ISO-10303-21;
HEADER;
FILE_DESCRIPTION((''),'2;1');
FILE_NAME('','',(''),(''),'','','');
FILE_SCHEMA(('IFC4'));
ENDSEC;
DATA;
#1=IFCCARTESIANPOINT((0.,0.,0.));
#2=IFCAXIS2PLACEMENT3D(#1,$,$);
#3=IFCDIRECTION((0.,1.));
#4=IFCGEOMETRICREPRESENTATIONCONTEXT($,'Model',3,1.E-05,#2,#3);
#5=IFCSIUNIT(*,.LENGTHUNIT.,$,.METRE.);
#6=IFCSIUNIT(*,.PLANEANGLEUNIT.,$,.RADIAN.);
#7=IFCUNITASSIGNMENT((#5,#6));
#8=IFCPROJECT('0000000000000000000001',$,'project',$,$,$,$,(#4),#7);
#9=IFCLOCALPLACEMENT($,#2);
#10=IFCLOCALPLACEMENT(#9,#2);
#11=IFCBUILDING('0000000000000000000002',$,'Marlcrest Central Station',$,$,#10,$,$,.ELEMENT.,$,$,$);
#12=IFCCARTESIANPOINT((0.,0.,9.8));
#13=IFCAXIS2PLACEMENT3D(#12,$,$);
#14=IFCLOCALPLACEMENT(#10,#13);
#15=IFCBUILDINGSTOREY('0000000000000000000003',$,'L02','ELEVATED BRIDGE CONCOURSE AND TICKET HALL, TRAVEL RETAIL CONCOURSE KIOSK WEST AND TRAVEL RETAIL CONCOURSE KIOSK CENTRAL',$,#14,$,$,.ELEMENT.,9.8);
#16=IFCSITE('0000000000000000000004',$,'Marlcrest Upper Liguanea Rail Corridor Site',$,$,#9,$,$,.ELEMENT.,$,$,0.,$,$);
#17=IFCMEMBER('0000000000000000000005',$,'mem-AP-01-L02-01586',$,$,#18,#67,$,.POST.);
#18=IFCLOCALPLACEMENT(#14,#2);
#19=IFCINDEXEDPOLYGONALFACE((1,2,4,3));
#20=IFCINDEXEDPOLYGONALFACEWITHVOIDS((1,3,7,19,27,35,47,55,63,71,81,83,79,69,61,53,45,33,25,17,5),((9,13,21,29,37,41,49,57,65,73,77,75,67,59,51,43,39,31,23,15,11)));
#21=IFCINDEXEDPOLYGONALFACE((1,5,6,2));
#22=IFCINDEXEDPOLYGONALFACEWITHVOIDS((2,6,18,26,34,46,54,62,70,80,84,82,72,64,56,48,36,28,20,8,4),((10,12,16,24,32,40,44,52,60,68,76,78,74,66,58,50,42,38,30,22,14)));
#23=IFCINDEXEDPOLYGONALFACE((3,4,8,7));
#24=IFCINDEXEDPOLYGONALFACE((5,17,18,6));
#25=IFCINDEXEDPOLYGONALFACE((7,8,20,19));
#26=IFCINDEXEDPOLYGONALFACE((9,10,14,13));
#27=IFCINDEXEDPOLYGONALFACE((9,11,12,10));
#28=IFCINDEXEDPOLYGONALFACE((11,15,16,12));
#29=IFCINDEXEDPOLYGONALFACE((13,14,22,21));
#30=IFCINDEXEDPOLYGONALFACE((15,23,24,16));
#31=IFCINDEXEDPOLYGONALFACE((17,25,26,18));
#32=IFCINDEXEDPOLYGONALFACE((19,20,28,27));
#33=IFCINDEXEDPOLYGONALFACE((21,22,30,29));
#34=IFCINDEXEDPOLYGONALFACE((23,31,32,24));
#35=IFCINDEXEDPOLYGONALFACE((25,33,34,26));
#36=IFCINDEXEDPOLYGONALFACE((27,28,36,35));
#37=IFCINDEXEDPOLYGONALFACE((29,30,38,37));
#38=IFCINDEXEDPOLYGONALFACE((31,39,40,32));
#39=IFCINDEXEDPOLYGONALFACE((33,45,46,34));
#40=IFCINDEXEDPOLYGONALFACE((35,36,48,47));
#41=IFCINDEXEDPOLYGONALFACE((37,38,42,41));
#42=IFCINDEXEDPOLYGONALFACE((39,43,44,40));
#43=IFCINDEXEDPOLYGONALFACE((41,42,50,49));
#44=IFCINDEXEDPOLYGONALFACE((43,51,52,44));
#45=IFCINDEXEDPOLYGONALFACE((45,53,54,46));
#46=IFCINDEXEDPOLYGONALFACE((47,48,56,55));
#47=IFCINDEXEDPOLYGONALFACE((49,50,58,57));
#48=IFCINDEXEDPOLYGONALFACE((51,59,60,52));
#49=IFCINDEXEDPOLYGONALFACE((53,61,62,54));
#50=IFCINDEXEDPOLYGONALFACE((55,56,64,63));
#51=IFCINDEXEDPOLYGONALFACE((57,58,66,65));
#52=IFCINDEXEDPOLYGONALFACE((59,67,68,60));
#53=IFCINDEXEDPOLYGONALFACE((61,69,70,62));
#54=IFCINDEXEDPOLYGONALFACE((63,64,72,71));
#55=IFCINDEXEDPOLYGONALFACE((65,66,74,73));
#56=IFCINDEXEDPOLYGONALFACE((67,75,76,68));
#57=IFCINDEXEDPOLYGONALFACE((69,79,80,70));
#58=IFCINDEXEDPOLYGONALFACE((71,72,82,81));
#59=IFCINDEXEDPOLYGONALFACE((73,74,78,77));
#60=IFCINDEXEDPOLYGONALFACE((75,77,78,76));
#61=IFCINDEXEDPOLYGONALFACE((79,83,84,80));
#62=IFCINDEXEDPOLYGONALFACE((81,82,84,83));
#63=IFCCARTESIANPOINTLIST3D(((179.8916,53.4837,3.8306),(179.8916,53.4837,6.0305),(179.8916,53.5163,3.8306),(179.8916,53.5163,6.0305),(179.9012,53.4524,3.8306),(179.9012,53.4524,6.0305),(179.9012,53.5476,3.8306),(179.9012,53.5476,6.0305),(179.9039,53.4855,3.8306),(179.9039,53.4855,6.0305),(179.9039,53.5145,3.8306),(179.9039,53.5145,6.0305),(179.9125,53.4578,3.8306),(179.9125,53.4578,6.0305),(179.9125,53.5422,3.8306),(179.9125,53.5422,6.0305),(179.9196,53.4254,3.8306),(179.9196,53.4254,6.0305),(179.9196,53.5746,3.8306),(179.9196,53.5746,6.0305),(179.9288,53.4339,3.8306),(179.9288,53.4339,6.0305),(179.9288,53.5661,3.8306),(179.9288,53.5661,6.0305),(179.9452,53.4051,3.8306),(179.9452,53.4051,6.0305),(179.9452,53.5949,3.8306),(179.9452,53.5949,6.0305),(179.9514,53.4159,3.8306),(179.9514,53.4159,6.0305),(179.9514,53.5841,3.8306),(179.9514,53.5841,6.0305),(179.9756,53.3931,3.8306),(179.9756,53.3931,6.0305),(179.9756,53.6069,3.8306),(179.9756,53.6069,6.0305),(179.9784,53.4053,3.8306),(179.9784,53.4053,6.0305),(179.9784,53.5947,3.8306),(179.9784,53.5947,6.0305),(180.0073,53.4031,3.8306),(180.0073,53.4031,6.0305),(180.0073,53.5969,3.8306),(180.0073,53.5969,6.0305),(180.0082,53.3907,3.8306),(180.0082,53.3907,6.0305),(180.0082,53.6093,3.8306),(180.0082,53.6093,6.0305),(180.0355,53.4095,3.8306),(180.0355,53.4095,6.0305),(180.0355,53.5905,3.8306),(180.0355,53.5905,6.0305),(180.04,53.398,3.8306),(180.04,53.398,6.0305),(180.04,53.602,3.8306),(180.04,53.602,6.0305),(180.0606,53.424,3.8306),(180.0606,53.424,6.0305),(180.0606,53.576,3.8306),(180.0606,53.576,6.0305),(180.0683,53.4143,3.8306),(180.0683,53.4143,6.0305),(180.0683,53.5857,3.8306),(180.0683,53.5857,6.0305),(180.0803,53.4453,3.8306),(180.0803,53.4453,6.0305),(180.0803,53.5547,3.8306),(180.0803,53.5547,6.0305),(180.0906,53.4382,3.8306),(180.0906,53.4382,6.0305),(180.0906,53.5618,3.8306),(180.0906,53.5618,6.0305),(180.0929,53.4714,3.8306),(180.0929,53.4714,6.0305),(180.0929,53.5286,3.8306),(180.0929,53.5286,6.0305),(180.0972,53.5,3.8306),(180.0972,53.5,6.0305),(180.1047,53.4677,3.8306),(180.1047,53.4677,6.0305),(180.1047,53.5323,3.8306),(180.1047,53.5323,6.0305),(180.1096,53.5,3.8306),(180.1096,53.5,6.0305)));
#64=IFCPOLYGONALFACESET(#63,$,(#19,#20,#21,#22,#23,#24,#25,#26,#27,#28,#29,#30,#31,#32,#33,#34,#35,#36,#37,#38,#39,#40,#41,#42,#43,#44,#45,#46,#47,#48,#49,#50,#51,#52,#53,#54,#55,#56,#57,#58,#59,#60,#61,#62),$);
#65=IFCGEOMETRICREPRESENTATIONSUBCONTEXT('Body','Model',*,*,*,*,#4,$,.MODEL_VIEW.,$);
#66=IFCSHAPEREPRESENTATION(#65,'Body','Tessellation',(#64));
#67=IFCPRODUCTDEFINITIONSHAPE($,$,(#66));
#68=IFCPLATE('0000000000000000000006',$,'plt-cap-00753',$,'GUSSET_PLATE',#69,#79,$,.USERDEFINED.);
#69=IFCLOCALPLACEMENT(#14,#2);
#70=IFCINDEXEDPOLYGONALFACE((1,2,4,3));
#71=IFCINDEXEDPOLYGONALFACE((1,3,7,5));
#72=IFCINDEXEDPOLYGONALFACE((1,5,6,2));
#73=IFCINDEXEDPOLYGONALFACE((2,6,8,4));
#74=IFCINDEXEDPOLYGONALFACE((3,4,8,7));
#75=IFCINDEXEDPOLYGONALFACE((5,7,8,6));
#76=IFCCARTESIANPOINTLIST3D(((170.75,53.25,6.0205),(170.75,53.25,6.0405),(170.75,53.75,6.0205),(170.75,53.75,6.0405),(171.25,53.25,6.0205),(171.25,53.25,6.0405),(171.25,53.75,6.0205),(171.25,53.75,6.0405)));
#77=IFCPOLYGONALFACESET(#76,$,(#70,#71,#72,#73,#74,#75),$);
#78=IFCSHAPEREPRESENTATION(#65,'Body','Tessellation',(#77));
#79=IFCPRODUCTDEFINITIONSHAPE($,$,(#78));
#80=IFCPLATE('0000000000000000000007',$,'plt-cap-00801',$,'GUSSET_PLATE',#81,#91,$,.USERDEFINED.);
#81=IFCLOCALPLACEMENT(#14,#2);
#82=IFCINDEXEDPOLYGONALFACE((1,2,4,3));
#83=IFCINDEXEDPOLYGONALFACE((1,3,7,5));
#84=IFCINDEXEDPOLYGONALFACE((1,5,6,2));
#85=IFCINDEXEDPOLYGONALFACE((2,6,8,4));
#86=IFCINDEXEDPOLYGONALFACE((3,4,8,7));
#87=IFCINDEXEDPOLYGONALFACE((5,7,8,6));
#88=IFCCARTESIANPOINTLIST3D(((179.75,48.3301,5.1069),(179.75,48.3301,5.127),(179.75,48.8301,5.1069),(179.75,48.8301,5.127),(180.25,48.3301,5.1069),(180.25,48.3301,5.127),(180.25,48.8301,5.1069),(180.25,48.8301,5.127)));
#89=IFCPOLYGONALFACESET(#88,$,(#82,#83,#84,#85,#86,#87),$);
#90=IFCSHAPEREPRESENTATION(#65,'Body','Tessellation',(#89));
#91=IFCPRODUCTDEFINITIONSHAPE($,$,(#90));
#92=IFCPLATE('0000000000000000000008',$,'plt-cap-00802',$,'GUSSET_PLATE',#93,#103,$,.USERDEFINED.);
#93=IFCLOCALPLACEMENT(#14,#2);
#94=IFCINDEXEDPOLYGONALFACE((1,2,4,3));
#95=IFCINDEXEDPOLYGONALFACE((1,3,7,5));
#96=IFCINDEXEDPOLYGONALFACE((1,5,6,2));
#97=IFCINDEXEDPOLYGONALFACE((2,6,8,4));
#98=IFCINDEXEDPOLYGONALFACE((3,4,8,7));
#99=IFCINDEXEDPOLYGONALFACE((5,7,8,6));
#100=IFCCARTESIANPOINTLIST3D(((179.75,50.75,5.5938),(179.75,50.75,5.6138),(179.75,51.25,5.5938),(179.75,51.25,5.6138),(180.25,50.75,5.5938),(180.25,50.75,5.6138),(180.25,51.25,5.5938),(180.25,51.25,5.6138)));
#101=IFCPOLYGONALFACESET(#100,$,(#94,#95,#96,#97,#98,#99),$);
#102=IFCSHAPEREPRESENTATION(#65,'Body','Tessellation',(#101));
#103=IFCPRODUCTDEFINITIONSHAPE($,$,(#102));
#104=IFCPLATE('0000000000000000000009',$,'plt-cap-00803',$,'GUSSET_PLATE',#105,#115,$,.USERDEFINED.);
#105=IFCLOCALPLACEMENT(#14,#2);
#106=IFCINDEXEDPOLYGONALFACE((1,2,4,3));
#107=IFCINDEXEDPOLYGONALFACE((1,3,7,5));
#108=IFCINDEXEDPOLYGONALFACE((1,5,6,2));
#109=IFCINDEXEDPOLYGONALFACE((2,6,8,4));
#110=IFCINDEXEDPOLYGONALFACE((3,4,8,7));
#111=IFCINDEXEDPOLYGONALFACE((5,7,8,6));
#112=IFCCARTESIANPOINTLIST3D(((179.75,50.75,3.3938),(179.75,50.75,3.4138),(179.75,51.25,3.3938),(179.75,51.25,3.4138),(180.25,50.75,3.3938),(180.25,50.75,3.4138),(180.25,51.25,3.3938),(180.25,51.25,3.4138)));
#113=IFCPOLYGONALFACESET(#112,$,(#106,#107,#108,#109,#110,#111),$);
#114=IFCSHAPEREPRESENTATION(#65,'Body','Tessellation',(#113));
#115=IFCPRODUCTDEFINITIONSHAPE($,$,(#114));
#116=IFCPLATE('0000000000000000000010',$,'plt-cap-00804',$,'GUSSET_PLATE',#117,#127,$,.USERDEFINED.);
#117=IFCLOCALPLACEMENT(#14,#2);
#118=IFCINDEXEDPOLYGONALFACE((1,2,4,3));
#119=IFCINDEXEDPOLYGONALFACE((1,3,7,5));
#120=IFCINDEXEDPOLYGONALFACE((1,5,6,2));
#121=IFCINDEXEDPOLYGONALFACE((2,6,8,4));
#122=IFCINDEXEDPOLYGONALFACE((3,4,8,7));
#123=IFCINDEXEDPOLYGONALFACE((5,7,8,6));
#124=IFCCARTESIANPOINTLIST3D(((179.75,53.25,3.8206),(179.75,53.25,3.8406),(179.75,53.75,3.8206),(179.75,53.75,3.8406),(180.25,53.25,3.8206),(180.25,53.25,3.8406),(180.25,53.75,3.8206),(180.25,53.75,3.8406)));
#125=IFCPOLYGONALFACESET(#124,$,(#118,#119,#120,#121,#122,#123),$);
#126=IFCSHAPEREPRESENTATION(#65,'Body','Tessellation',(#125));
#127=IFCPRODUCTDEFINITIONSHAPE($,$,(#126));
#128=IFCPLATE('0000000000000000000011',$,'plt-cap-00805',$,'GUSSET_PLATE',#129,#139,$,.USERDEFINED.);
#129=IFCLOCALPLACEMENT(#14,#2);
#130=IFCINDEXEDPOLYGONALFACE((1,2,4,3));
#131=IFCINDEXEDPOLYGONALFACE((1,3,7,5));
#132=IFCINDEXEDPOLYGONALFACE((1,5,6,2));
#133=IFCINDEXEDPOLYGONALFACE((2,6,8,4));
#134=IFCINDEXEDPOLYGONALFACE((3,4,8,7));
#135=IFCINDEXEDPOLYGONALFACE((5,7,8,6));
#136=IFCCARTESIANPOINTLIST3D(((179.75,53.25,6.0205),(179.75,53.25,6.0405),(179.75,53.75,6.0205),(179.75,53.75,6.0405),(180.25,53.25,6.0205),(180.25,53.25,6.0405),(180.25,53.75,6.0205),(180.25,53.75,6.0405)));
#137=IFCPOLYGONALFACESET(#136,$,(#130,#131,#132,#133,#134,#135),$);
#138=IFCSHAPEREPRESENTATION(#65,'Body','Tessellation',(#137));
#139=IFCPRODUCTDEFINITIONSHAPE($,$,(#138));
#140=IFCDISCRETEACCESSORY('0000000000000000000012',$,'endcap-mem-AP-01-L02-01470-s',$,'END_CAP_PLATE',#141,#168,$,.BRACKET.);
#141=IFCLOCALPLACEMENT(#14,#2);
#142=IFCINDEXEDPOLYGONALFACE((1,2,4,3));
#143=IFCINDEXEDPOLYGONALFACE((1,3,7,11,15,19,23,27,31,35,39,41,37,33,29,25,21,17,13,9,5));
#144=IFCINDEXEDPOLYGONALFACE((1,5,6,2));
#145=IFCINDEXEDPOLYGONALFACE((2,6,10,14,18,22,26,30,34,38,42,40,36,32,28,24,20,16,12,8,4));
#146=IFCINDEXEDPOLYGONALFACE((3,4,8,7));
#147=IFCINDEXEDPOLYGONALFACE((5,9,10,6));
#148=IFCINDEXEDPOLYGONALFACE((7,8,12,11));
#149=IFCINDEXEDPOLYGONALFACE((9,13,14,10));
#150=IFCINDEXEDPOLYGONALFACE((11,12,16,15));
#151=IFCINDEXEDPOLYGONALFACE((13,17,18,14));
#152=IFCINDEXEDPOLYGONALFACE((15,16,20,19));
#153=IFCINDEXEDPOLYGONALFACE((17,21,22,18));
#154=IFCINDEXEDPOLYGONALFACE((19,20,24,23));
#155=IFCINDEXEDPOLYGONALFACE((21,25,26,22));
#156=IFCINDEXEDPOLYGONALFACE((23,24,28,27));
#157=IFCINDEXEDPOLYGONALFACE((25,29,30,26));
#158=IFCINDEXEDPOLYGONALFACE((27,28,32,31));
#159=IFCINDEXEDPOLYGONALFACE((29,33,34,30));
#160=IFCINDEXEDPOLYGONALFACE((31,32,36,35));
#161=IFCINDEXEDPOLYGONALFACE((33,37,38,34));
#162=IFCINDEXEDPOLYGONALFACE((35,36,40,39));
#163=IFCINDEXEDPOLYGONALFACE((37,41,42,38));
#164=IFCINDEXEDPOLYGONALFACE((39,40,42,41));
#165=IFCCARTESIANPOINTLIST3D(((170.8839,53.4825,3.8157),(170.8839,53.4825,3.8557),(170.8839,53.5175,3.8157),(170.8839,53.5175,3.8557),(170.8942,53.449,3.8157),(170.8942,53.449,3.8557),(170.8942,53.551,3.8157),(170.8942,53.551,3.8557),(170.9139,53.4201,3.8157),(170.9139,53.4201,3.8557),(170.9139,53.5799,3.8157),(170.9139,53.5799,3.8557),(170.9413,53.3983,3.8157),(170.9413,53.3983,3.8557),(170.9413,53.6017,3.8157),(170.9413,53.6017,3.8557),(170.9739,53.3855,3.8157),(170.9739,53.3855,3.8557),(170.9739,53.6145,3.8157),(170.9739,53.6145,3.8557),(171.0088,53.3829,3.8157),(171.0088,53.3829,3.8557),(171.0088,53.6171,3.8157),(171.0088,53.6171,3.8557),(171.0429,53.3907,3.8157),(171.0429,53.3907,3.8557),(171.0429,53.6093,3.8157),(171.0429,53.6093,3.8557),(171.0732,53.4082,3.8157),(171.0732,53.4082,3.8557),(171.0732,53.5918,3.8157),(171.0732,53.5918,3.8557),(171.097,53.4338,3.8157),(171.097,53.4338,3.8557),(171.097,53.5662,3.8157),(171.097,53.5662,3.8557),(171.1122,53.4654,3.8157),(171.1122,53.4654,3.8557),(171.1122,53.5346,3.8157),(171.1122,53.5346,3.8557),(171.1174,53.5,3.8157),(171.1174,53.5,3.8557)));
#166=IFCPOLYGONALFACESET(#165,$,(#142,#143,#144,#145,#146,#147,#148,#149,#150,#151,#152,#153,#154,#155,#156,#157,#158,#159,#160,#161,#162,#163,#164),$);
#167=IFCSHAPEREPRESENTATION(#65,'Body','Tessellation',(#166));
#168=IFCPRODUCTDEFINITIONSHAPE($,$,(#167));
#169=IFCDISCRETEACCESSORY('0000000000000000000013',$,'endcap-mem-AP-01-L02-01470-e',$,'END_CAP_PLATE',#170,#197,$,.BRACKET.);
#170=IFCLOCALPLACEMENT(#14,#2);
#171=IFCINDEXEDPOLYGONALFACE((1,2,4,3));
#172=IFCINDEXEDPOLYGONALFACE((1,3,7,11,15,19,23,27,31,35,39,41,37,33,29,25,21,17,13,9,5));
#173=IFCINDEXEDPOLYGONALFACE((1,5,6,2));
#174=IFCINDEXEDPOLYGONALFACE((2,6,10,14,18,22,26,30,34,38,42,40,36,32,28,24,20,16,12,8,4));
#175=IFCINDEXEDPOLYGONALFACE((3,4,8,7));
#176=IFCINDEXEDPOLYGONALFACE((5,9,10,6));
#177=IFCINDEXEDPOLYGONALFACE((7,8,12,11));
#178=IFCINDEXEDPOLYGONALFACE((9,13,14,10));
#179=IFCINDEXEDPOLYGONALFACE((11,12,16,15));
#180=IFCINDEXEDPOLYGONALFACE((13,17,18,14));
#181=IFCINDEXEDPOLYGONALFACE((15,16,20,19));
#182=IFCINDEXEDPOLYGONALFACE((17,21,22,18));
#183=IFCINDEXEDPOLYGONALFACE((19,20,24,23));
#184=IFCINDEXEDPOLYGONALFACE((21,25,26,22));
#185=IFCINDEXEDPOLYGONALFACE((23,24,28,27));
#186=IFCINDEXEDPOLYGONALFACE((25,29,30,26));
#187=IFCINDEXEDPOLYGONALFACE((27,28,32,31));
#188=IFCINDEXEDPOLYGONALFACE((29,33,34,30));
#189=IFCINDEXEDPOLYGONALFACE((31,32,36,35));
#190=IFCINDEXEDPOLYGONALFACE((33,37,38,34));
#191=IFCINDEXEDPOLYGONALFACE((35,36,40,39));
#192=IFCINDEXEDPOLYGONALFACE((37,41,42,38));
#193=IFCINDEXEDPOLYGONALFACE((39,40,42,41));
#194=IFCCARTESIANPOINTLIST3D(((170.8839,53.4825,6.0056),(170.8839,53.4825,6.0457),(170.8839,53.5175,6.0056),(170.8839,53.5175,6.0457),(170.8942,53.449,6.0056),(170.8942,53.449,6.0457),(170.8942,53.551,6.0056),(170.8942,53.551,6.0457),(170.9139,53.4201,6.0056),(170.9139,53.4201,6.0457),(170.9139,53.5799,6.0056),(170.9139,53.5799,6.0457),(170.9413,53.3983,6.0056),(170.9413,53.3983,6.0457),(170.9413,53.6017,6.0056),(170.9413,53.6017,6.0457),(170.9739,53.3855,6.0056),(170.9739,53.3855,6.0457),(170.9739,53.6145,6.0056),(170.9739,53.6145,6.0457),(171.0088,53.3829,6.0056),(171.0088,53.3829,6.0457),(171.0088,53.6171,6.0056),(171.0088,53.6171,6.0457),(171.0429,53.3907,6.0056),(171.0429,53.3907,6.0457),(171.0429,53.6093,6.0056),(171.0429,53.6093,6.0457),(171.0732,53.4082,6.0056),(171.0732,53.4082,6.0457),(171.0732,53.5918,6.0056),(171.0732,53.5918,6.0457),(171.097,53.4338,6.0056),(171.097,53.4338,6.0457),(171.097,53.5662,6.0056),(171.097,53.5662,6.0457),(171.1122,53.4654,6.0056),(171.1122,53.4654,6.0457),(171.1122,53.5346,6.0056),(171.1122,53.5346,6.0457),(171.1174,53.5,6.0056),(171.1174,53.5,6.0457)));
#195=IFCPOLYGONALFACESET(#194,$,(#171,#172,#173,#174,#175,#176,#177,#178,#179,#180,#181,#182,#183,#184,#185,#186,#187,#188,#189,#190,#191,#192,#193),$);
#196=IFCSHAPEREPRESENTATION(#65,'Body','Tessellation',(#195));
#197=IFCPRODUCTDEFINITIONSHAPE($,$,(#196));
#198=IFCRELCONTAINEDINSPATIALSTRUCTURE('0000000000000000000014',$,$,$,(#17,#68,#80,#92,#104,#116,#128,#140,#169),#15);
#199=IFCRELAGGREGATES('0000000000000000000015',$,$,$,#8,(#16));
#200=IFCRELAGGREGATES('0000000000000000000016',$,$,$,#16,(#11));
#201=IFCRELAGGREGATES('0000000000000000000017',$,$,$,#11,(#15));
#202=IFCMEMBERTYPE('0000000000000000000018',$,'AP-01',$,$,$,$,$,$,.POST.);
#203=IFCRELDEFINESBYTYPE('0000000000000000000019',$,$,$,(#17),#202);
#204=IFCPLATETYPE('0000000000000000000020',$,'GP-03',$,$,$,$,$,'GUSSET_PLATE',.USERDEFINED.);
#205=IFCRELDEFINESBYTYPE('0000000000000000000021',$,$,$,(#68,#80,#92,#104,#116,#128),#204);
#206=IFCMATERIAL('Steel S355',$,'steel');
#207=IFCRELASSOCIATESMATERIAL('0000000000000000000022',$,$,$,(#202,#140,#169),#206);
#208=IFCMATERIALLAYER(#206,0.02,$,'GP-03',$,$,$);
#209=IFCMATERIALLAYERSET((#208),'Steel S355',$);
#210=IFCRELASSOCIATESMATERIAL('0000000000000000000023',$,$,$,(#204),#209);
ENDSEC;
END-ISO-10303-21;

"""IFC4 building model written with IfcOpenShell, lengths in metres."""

from ifc_helpers import new_model, si_unit, direction, frame, origin, origin_2d, place, context, subcontext, project, spatial, rectangle, circle, hollow_circle, extrude, material, layer, layer_set, material_profile, profile_set, type_object, element, save


model = new_model("IFC4")

# Units and contexts
model_context = context("Model", 3, precision=1e-05, world=origin(), true_north=direction((0.0, 1.0)))
body_context = subcontext(model_context, "Body", "Model", "MODEL_VIEW")
ifc_project = project(units=[si_unit("LENGTHUNIT", "METRE"), si_unit("PLANEANGLEUNIT", "RADIAN")], contexts=[model_context])

# Site, building, storey
site_placement = place(None, origin())
site = spatial("IfcSite", under=ifc_project, at=site_placement, Name="Marlcrest Upper Liguanea Rail Corridor Site", CompositionType="ELEMENT", RefElevation=0.0)
building_placement = place(site_placement, origin())
building = spatial("IfcBuilding", under=site, at=building_placement, Name="Marlcrest Central Station", CompositionType="ELEMENT")
storey_placement = place(building_placement, frame((0.0, 0.0, 9.8)))
storey = spatial("IfcBuildingStorey", under=building, at=storey_placement, Name="L02", Description="ELEVATED BRIDGE CONCOURSE AND TICKET HALL, TRAVEL RETAIL CONCOURSE KIOSK WEST AND TRAVEL RETAIL CONCOURSE KIOSK CENTRAL", CompositionType="ELEMENT", Elevation=9.8)

# Member
ifc_material = material(Name="Steel S355", Category="steel")
ifc_material_profile_1 = material_profile(ifc_material, hollow_circle(Radius=0.1096, WallThickness=0.0125, at=origin_2d()), Name="CHS 219.1x12.5")
ifc_profile_set_1 = profile_set([ifc_material_profile_1], Name="Steel S355")
member_type_1 = type_object("IfcMemberType", Name="AP-01", PredefinedType="POST", material=ifc_profile_set_1)
for number, where, z_axis, x_axis, name in (
    (1, (180.0, 53.5, 3.8306), (0.0, 0.0, 1.0), (1.0, 0.0, 0.0), "mem-AP-01-L02-01586"),
):
    element("IfcMember", number, at=place(storey_placement, frame(where, z_axis=z_axis, x_axis=x_axis)), inside=storey, type_object=member_type_1, Name=name, PredefinedType="POST", context=body_context, shape_type="SweptSolid", body=[
        extrude(hollow_circle(Radius=0.1096, WallThickness=0.0125, at=origin_2d()), origin(), (0.0, 0.0, 1.0), 2.2),
    ])

# Plates
ifc_layer = layer(ifc_material, 0.02, Name="GP-03")
ifc_layer_set = layer_set([ifc_layer], Name="Steel S355")
plate_type = type_object("IfcPlateType", Name="GP-03", ElementType="GUSSET_PLATE", PredefinedType="USERDEFINED", material=ifc_layer_set)
for number, where, z_axis, x_axis, name in (
    (2, (171.0, 53.5, 6.0205), (0.0, 0.0, 1.0), (1.0, 0.0, 0.0), "plt-cap-00753"),
    (3, (180.0, 48.5801, 5.1069), (0.0, 0.0, 1.0), (1.0, 0.0, 0.0), "plt-cap-00801"),
    (4, (180.0, 51.0, 5.5938), (0.0, 0.0, 1.0), (1.0, 0.0, 0.0), "plt-cap-00802"),
    (5, (180.0, 51.0, 3.3938), (0.0, 0.0, 1.0), (1.0, 0.0, 0.0), "plt-cap-00803"),
    (6, (180.0, 53.5, 3.8206), (0.0, 0.0, 1.0), (1.0, 0.0, 0.0), "plt-cap-00804"),
    (7, (180.0, 53.5, 6.0205), (0.0, 0.0, 1.0), (1.0, 0.0, 0.0), "plt-cap-00805"),
):
    element("IfcPlate", number, at=place(storey_placement, frame(where, z_axis=z_axis, x_axis=x_axis)), inside=storey, type_object=plate_type, Name=name, ObjectType="GUSSET_PLATE", PredefinedType="USERDEFINED", context=body_context, shape_type="SweptSolid", body=[
        extrude(rectangle(XDim=0.5, YDim=0.5, at=origin_2d()), origin(), (0.0, 0.0, 1.0), 0.02),
    ])

# Discrete accessories
for number, where, z_axis, x_axis, name in (
    (8, (171.0, 53.5, 3.8157), (0.0, 0.0, 1.0), (1.0, 0.0, 0.0), "endcap-mem-AP-01-L02-01470-s"),
    (9, (171.0, 53.5, 6.0056), (0.0, 0.0, 1.0), (1.0, 0.0, 0.0), "endcap-mem-AP-01-L02-01470-e"),
):
    element("IfcDiscreteAccessory", number, at=place(storey_placement, frame(where, z_axis=z_axis, x_axis=x_axis)), inside=storey, material=ifc_material, Name=name, ObjectType="END_CAP_PLATE", PredefinedType="BRACKET", context=body_context, shape_type="SweptSolid", body=[
        extrude(circle(Radius=0.1174, at=origin_2d()), origin(), (0.0, 0.0, 1.0), 0.04),
    ])

save(model, "model.ifc")
